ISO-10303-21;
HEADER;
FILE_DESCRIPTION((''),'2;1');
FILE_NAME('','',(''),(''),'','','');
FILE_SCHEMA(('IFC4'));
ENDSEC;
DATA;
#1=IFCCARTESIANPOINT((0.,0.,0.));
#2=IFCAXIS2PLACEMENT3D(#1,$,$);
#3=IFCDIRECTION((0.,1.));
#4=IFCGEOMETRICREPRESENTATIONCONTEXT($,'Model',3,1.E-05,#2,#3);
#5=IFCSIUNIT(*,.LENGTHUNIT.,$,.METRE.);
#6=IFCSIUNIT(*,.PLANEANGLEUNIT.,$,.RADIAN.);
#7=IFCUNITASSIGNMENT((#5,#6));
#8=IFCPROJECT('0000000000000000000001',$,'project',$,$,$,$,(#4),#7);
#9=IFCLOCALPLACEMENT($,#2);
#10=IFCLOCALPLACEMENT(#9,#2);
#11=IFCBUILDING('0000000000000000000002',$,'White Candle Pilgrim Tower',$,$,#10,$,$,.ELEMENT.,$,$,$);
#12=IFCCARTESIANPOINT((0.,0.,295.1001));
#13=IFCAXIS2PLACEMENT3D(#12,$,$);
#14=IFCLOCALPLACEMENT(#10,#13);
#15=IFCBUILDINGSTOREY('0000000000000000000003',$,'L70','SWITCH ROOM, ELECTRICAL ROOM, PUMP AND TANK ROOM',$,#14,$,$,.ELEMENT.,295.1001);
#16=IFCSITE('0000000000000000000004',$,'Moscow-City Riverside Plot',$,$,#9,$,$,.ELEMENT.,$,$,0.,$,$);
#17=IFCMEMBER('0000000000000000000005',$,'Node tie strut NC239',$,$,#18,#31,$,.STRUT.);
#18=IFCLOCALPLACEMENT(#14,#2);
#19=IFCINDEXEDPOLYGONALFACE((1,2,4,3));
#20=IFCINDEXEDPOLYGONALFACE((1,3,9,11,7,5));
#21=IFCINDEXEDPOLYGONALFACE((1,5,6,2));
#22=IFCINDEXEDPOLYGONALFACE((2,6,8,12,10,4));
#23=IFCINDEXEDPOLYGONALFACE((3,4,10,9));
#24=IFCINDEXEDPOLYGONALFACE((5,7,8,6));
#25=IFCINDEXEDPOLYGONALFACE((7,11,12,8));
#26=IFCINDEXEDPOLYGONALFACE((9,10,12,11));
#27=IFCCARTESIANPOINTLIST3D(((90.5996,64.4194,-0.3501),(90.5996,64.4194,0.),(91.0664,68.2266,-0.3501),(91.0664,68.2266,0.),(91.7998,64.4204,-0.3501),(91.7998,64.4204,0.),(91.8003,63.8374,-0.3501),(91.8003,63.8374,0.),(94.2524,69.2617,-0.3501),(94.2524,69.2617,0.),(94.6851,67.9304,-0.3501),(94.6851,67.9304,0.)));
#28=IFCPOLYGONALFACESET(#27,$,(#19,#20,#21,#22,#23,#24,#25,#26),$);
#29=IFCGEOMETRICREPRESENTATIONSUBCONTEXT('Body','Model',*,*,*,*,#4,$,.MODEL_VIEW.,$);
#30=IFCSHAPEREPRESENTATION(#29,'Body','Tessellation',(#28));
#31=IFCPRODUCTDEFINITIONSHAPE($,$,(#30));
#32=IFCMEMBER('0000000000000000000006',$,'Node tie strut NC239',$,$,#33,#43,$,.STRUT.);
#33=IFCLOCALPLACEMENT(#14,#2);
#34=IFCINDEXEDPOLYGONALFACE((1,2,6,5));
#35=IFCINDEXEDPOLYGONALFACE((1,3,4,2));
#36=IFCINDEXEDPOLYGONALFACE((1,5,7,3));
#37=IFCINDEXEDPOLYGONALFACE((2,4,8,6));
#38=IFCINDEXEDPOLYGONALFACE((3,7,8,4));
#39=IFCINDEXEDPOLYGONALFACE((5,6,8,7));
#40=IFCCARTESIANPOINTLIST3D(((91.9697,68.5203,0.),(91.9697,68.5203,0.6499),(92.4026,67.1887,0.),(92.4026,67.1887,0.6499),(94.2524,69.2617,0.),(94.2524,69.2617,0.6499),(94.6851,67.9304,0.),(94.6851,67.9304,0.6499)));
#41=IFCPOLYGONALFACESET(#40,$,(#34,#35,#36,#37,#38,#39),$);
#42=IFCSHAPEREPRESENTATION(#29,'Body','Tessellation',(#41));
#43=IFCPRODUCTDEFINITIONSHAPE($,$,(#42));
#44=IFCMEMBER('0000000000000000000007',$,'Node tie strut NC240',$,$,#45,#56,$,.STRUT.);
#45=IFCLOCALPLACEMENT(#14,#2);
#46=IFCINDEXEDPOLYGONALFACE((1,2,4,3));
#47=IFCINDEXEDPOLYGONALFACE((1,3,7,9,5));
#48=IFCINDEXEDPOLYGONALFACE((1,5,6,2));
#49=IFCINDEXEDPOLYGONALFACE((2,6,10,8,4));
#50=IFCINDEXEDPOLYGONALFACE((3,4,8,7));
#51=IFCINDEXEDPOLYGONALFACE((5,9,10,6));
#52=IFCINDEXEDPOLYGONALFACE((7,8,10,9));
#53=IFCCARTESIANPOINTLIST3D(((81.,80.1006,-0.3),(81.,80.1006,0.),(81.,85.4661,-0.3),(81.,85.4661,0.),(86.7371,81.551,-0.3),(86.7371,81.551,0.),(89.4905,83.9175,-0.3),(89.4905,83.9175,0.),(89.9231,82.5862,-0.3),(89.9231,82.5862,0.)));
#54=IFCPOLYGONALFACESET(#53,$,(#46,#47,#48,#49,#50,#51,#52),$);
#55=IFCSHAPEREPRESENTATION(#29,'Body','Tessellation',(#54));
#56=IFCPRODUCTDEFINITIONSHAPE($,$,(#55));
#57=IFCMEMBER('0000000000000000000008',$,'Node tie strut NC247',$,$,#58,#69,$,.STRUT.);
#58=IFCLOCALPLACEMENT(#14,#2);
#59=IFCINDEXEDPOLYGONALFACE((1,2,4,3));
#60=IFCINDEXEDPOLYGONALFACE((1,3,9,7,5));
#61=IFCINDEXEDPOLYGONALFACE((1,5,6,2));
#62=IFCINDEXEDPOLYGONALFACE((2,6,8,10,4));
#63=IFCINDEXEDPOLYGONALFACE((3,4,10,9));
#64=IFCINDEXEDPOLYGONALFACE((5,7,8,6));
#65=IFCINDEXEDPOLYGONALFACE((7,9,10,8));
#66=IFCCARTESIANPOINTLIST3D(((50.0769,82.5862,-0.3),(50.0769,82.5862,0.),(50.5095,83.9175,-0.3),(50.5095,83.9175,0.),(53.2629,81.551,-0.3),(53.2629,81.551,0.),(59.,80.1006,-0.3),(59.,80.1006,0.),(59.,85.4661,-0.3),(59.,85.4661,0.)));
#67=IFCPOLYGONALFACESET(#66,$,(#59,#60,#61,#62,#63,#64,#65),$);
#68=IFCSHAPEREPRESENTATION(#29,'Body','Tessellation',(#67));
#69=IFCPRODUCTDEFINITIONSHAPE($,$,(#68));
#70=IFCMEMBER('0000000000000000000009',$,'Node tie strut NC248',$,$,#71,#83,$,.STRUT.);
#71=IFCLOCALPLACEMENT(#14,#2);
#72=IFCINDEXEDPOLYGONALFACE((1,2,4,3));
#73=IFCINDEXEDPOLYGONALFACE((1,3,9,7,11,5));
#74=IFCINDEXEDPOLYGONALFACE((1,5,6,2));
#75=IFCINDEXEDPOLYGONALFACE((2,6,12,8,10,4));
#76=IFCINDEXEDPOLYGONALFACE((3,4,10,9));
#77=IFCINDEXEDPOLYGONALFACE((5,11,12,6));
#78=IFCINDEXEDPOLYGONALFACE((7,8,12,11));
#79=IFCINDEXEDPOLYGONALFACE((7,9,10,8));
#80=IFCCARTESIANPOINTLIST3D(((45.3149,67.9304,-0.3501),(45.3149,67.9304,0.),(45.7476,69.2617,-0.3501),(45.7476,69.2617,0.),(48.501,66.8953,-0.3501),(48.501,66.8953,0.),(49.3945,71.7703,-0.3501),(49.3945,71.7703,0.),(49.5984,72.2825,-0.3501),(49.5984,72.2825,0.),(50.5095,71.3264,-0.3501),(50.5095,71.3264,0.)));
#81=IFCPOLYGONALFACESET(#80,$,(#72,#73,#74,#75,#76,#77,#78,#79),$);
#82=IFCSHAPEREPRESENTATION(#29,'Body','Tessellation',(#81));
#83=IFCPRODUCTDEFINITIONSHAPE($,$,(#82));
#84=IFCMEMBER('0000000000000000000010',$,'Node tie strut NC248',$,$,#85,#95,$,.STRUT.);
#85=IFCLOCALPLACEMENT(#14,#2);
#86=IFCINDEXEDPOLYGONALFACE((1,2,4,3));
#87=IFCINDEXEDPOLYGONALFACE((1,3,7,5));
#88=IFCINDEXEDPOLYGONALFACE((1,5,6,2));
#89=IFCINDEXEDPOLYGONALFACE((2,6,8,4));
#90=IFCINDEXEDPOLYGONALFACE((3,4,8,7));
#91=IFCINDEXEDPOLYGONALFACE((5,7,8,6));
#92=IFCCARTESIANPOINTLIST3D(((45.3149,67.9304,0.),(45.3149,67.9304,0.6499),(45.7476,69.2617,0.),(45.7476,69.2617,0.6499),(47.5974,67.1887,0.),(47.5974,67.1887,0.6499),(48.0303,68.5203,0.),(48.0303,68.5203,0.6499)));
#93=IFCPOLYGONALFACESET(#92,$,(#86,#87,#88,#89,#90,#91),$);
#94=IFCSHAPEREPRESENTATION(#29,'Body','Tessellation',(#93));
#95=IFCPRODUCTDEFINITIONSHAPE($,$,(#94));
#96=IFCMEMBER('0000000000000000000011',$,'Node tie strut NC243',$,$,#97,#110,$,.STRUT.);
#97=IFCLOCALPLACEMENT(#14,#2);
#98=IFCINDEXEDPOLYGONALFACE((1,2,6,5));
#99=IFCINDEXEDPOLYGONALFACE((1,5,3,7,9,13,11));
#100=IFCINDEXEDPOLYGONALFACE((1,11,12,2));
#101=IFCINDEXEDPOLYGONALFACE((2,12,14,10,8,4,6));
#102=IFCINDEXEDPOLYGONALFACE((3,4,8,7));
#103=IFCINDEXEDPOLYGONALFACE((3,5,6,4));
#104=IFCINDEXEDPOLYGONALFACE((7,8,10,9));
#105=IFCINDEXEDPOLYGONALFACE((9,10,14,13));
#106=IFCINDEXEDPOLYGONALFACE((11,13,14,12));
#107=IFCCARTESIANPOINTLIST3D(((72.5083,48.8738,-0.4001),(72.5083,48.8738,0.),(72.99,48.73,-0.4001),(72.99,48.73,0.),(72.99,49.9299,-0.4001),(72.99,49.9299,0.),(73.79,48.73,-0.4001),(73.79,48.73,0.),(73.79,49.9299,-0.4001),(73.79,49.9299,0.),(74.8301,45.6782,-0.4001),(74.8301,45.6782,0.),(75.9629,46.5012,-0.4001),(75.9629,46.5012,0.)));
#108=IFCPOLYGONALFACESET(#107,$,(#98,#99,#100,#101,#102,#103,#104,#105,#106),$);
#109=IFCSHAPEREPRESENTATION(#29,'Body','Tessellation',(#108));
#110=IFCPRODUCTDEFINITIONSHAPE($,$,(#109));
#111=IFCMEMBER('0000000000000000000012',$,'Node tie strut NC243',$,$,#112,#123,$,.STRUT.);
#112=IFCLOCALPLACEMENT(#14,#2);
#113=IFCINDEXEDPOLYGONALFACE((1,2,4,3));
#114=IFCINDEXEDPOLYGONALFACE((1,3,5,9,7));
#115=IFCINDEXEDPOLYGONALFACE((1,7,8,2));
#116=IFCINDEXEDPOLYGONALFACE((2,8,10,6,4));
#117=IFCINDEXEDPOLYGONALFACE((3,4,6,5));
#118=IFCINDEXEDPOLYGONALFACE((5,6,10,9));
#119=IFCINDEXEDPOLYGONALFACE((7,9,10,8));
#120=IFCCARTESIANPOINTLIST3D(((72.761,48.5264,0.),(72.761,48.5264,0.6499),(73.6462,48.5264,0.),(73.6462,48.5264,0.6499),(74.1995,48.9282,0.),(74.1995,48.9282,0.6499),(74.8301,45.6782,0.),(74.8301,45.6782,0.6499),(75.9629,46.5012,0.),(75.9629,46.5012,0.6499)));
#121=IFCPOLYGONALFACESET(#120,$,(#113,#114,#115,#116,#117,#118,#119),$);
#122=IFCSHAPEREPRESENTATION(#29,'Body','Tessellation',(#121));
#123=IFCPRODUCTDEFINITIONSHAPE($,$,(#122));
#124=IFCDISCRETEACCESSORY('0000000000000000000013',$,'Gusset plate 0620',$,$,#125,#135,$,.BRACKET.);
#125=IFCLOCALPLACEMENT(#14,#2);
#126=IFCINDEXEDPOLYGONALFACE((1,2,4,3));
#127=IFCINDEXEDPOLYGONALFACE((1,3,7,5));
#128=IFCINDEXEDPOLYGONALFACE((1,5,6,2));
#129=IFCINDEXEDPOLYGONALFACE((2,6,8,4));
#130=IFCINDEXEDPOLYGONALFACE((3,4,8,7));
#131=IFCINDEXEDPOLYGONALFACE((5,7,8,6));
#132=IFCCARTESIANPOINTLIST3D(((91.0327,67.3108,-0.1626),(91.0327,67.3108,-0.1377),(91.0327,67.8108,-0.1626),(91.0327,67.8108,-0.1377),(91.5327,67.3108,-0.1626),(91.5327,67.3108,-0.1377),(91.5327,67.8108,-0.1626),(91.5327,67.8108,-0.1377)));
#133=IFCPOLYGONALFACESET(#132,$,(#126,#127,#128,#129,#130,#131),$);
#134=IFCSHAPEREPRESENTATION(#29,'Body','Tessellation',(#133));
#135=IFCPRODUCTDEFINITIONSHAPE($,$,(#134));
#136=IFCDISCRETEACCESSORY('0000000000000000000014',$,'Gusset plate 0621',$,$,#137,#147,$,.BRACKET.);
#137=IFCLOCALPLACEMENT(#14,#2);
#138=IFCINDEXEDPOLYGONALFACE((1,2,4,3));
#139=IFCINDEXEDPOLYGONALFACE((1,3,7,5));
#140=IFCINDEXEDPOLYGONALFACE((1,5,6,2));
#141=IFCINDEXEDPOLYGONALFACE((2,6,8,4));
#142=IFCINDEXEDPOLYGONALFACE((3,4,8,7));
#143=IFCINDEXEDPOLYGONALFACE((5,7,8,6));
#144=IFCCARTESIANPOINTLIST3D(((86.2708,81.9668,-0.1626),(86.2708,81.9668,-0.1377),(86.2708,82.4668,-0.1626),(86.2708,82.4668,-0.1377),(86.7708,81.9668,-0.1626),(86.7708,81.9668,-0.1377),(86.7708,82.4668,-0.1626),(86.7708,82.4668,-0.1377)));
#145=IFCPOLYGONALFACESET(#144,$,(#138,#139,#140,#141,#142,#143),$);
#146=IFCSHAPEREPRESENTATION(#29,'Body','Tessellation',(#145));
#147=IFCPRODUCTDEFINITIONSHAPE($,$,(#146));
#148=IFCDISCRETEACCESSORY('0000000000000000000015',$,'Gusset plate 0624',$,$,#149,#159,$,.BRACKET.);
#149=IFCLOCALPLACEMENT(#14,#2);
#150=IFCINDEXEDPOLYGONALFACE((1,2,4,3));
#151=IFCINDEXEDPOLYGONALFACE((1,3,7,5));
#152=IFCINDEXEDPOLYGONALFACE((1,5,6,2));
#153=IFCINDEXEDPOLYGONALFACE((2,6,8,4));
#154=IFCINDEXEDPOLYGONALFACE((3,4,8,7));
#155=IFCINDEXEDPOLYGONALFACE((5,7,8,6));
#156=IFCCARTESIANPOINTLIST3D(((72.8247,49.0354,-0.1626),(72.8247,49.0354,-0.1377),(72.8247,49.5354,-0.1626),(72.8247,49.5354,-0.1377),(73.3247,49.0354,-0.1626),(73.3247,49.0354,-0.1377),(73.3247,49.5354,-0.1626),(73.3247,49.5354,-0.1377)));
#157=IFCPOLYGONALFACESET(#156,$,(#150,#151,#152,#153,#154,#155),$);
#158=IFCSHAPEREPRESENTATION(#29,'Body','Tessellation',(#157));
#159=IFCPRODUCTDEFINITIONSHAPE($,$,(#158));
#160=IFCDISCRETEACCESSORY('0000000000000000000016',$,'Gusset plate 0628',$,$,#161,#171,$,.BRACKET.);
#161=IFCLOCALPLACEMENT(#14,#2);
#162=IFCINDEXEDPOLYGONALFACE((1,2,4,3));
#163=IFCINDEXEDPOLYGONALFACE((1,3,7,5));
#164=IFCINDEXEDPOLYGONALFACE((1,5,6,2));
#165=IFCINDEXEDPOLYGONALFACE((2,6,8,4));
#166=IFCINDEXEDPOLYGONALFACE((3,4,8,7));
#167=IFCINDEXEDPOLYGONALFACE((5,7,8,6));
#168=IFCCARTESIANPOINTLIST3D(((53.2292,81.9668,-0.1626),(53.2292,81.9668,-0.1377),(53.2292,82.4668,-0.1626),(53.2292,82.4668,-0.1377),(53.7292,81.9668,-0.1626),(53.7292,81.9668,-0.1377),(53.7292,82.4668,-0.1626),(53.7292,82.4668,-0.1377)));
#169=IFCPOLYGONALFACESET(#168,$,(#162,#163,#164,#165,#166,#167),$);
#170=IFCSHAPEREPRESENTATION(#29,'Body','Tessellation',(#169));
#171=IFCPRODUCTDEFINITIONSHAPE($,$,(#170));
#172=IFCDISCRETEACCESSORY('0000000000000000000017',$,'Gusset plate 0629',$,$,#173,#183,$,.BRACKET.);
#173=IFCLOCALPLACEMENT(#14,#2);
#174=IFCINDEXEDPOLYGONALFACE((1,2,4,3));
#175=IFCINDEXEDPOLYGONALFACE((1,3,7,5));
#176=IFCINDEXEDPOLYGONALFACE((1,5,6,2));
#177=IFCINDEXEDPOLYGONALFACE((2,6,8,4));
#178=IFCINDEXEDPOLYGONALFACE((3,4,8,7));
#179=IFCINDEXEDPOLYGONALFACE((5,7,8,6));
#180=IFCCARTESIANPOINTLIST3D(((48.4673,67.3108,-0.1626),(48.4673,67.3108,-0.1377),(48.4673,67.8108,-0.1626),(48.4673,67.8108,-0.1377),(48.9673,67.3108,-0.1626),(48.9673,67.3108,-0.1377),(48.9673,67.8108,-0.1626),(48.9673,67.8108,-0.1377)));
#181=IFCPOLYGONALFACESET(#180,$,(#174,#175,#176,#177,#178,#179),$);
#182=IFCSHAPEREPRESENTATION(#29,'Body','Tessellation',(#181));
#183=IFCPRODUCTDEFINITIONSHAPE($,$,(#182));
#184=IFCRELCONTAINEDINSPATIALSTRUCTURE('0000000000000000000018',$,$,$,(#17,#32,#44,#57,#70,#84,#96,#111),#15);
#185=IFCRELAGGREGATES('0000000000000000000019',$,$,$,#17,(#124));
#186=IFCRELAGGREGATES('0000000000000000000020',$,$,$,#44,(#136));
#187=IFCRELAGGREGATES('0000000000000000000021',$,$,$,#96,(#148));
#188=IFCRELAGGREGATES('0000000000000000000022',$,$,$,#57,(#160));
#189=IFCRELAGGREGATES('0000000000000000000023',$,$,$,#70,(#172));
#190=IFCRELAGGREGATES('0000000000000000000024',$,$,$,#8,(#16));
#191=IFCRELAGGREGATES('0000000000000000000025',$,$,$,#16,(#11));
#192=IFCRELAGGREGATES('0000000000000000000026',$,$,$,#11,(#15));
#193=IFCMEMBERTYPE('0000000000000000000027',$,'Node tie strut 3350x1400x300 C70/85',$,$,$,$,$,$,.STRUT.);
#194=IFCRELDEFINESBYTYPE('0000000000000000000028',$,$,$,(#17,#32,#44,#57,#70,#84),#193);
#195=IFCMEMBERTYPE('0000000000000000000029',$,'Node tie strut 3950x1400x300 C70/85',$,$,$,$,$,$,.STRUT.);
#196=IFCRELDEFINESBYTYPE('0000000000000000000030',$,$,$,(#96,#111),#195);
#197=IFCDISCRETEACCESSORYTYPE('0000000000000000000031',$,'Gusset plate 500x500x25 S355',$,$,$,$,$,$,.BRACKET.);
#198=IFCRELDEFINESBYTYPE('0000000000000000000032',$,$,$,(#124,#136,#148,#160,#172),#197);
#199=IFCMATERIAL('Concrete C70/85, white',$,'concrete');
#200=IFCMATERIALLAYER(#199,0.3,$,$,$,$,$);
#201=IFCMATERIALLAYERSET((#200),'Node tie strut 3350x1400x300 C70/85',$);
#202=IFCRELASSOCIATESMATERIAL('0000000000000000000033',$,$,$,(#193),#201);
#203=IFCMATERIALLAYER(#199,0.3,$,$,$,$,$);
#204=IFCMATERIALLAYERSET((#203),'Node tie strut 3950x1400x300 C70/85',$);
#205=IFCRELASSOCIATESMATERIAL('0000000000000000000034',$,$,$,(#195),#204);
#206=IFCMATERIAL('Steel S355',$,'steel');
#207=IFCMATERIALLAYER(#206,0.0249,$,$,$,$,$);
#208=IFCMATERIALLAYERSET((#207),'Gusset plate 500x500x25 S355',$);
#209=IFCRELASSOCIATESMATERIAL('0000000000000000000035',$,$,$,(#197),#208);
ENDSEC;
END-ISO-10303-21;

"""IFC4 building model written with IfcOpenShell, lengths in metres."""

from ifc_helpers import new_model, si_unit, direction, frame, origin, origin_2d, place, context, subcontext, project, spatial, polyline, rectangle, outline, extrude, material, layer, layer_set, type_object, element, aggregate, save


model = new_model("IFC4")

# Units and contexts
model_context = context("Model", 3, precision=1e-05, world=origin(), true_north=direction((0.0, 1.0)))
body_context = subcontext(model_context, "Body", "Model", "MODEL_VIEW")
ifc_project = project(units=[si_unit("LENGTHUNIT", "METRE"), si_unit("PLANEANGLEUNIT", "RADIAN")], contexts=[model_context])

# Site, building, storey
site_placement = place(None, origin())
site = spatial("IfcSite", under=ifc_project, at=site_placement, Name="Moscow-City Riverside Plot", CompositionType="ELEMENT", RefElevation=0.0)
building_placement = place(site_placement, origin())
building = spatial("IfcBuilding", under=site, at=building_placement, Name="White Candle Pilgrim Tower", CompositionType="ELEMENT")
storey_placement = place(building_placement, frame((0.0, 0.0, 295.1001)))
storey = spatial("IfcBuildingStorey", under=building, at=storey_placement, Name="L70", Description="SWITCH ROOM, ELECTRICAL ROOM, PUMP AND TANK ROOM", CompositionType="ELEMENT", Elevation=295.1001)

# Members
ifc_material_1 = material(Name="Concrete C70/85, white", Category="concrete")
ifc_layer_1 = layer(ifc_material_1, 0.3)
ifc_layer_set_1 = layer_set([ifc_layer_1], Name="Node tie strut 3350x1400x300 C70/85")
member_type_1 = type_object("IfcMemberType", Name="Node tie strut 3350x1400x300 C70/85", PredefinedType="STRUT", material=ifc_layer_set_1)
member_1_placement = place(storey_placement, frame((0.0, 0.0, -0.3501)))
member_1 = element("IfcMember", 1, at=member_1_placement, inside=storey, type_object=member_type_1, Name="Node tie strut NC239", PredefinedType="STRUT", context=body_context, shape_type="SweptSolid", body=[
    extrude(outline(polyline([(91.8003, 63.8374), (94.6851, 67.9304), (94.2524, 69.2617), (91.0664, 68.2266), (90.5996, 64.4194), (91.7998, 64.4204), (91.8003, 63.8374)])), origin(), (0.0, 0.0, 1.0), 0.3501),
])
member_2_placement = place(storey_placement, origin())
element("IfcMember", 2, at=member_2_placement, inside=storey, type_object=member_type_1, Name="Node tie strut NC239", PredefinedType="STRUT", context=body_context, shape_type="SweptSolid", body=[
    extrude(outline(polyline([(92.4026, 67.1887), (94.6851, 67.9304), (94.2524, 69.2617), (91.9697, 68.5203), (92.4026, 67.1887)])), origin(), (0.0, 0.0, 1.0), 0.6499),
])
member_3_placement = place(storey_placement, frame((0.0, 0.0, -0.3)))
member_3 = element("IfcMember", 3, at=member_3_placement, inside=storey, type_object=member_type_1, Name="Node tie strut NC240", PredefinedType="STRUT", context=body_context, shape_type="SweptSolid", body=[
    extrude(outline(polyline([(81.0, 80.1006), (86.7371, 81.551), (89.9231, 82.5862), (89.4905, 83.9175), (81.0, 85.4661), (81.0, 80.1006)])), origin(), (0.0, 0.0, 1.0), 0.3),
])
member_4_placement = place(storey_placement, frame((0.0, 0.0, -0.3)))
member_4 = element("IfcMember", 4, at=member_4_placement, inside=storey, type_object=member_type_1, Name="Node tie strut NC247", PredefinedType="STRUT", context=body_context, shape_type="SweptSolid", body=[
    extrude(outline(polyline([(59.0, 80.1006), (59.0, 85.4661), (50.5095, 83.9175), (50.0769, 82.5862), (53.2629, 81.551), (59.0, 80.1006)])), origin(), (0.0, 0.0, 1.0), 0.3),
])
member_5_placement = place(storey_placement, frame((0.0, 0.0, -0.3501)))
member_5 = element("IfcMember", 5, at=member_5_placement, inside=storey, type_object=member_type_1, Name="Node tie strut NC248", PredefinedType="STRUT", context=body_context, shape_type="SweptSolid", body=[
    extrude(outline(polyline([(48.501, 66.8953), (50.5095, 71.3264), (49.3945, 71.7703), (49.5984, 72.2825), (45.7476, 69.2617), (45.3149, 67.9304), (48.501, 66.8953)])), origin(), (0.0, 0.0, 1.0), 0.3501),
])
member_6_placement = place(storey_placement, origin())
element("IfcMember", 6, at=member_6_placement, inside=storey, type_object=member_type_1, Name="Node tie strut NC248", PredefinedType="STRUT", context=body_context, shape_type="SweptSolid", body=[
    extrude(outline(polyline([(47.5974, 67.1887), (48.0303, 68.5203), (45.7476, 69.2617), (45.3149, 67.9304), (47.5974, 67.1887)])), origin(), (0.0, 0.0, 1.0), 0.6499),
])
ifc_layer_2 = layer(ifc_material_1, 0.3)
ifc_layer_set_2 = layer_set([ifc_layer_2], Name="Node tie strut 3950x1400x300 C70/85")
member_type_2 = type_object("IfcMemberType", Name="Node tie strut 3950x1400x300 C70/85", PredefinedType="STRUT", material=ifc_layer_set_2)
member_7_placement = place(storey_placement, frame((0.0, 0.0, -0.4001)))
member_7 = element("IfcMember", 7, at=member_7_placement, inside=storey, type_object=member_type_2, Name="Node tie strut NC243", PredefinedType="STRUT", context=body_context, shape_type="SweptSolid", body=[
    extrude(outline(polyline([(74.8301, 45.6782), (75.9629, 46.5012), (73.79, 49.9299), (73.79, 48.73), (72.99, 48.73), (72.99, 49.9299), (72.5083, 48.8738), (74.8301, 45.6782)])), origin(), (0.0, 0.0, 1.0), 0.4001),
])
member_8_placement = place(storey_placement, origin())
element("IfcMember", 8, at=member_8_placement, inside=storey, type_object=member_type_2, Name="Node tie strut NC243", PredefinedType="STRUT", context=body_context, shape_type="SweptSolid", body=[
    extrude(outline(polyline([(74.8301, 45.6782), (75.9629, 46.5012), (74.1995, 48.9282), (73.6462, 48.5264), (72.761, 48.5264), (74.8301, 45.6782)])), origin(), (0.0, 0.0, 1.0), 0.6499),
])

# Discrete accessories
ifc_material_2 = material(Name="Steel S355", Category="steel")
ifc_layer_3 = layer(ifc_material_2, 0.0249)
ifc_layer_set_3 = layer_set([ifc_layer_3], Name="Gusset plate 500x500x25 S355")
discrete_accessory_type = type_object("IfcDiscreteAccessoryType", Name="Gusset plate 500x500x25 S355", PredefinedType="BRACKET", material=ifc_layer_set_3)
discrete_accessory_1_placement = place(storey_placement, frame((91.2827, 67.5608, -0.1626), z_axis=(0.0, 0.0, 1.0), x_axis=(1.0, 0.0, 0.0)))
discrete_accessory_1 = element("IfcDiscreteAccessory", 9, at=discrete_accessory_1_placement, type_object=discrete_accessory_type, Name="Gusset plate 0620", PredefinedType="BRACKET", context=body_context, shape_type="SweptSolid", body=[
    extrude(rectangle(XDim=0.5, YDim=0.5, at=origin_2d()), origin(), (0.0, 0.0, 1.0), 0.0249),
])
aggregate(member_1, [discrete_accessory_1])
discrete_accessory_2_placement = place(storey_placement, frame((86.5208, 82.2168, -0.1626), z_axis=(0.0, 0.0, 1.0), x_axis=(1.0, 0.0, 0.0)))
discrete_accessory_2 = element("IfcDiscreteAccessory", 10, at=discrete_accessory_2_placement, type_object=discrete_accessory_type, Name="Gusset plate 0621", PredefinedType="BRACKET", context=body_context, shape_type="SweptSolid", body=[
    extrude(rectangle(XDim=0.5, YDim=0.5, at=origin_2d()), origin(), (0.0, 0.0, 1.0), 0.0249),
])
aggregate(member_3, [discrete_accessory_2])
discrete_accessory_3_placement = place(storey_placement, frame((73.0747, 49.2854, -0.1626), z_axis=(0.0, 0.0, 1.0), x_axis=(1.0, 0.0, 0.0)))
discrete_accessory_3 = element("IfcDiscreteAccessory", 11, at=discrete_accessory_3_placement, type_object=discrete_accessory_type, Name="Gusset plate 0624", PredefinedType="BRACKET", context=body_context, shape_type="SweptSolid", body=[
    extrude(rectangle(XDim=0.5, YDim=0.5, at=origin_2d()), origin(), (0.0, 0.0, 1.0), 0.0249),
])
aggregate(member_7, [discrete_accessory_3])
discrete_accessory_4_placement = place(storey_placement, frame((53.4792, 82.2168, -0.1626), z_axis=(0.0, 0.0, 1.0), x_axis=(1.0, 0.0, 0.0)))
discrete_accessory_4 = element("IfcDiscreteAccessory", 12, at=discrete_accessory_4_placement, type_object=discrete_accessory_type, Name="Gusset plate 0628", PredefinedType="BRACKET", context=body_context, shape_type="SweptSolid", body=[
    extrude(rectangle(XDim=0.5, YDim=0.5, at=origin_2d()), origin(), (0.0, 0.0, 1.0), 0.0249),
])
aggregate(member_4, [discrete_accessory_4])
discrete_accessory_5_placement = place(storey_placement, frame((48.7173, 67.5608, -0.1626), z_axis=(0.0, 0.0, 1.0), x_axis=(1.0, 0.0, 0.0)))
discrete_accessory_5 = element("IfcDiscreteAccessory", 13, at=discrete_accessory_5_placement, type_object=discrete_accessory_type, Name="Gusset plate 0629", PredefinedType="BRACKET", context=body_context, shape_type="SweptSolid", body=[
    extrude(rectangle(XDim=0.5, YDim=0.5, at=origin_2d()), origin(), (0.0, 0.0, 1.0), 0.0249),
])
aggregate(member_5, [discrete_accessory_5])

save(model, "model.ifc")
